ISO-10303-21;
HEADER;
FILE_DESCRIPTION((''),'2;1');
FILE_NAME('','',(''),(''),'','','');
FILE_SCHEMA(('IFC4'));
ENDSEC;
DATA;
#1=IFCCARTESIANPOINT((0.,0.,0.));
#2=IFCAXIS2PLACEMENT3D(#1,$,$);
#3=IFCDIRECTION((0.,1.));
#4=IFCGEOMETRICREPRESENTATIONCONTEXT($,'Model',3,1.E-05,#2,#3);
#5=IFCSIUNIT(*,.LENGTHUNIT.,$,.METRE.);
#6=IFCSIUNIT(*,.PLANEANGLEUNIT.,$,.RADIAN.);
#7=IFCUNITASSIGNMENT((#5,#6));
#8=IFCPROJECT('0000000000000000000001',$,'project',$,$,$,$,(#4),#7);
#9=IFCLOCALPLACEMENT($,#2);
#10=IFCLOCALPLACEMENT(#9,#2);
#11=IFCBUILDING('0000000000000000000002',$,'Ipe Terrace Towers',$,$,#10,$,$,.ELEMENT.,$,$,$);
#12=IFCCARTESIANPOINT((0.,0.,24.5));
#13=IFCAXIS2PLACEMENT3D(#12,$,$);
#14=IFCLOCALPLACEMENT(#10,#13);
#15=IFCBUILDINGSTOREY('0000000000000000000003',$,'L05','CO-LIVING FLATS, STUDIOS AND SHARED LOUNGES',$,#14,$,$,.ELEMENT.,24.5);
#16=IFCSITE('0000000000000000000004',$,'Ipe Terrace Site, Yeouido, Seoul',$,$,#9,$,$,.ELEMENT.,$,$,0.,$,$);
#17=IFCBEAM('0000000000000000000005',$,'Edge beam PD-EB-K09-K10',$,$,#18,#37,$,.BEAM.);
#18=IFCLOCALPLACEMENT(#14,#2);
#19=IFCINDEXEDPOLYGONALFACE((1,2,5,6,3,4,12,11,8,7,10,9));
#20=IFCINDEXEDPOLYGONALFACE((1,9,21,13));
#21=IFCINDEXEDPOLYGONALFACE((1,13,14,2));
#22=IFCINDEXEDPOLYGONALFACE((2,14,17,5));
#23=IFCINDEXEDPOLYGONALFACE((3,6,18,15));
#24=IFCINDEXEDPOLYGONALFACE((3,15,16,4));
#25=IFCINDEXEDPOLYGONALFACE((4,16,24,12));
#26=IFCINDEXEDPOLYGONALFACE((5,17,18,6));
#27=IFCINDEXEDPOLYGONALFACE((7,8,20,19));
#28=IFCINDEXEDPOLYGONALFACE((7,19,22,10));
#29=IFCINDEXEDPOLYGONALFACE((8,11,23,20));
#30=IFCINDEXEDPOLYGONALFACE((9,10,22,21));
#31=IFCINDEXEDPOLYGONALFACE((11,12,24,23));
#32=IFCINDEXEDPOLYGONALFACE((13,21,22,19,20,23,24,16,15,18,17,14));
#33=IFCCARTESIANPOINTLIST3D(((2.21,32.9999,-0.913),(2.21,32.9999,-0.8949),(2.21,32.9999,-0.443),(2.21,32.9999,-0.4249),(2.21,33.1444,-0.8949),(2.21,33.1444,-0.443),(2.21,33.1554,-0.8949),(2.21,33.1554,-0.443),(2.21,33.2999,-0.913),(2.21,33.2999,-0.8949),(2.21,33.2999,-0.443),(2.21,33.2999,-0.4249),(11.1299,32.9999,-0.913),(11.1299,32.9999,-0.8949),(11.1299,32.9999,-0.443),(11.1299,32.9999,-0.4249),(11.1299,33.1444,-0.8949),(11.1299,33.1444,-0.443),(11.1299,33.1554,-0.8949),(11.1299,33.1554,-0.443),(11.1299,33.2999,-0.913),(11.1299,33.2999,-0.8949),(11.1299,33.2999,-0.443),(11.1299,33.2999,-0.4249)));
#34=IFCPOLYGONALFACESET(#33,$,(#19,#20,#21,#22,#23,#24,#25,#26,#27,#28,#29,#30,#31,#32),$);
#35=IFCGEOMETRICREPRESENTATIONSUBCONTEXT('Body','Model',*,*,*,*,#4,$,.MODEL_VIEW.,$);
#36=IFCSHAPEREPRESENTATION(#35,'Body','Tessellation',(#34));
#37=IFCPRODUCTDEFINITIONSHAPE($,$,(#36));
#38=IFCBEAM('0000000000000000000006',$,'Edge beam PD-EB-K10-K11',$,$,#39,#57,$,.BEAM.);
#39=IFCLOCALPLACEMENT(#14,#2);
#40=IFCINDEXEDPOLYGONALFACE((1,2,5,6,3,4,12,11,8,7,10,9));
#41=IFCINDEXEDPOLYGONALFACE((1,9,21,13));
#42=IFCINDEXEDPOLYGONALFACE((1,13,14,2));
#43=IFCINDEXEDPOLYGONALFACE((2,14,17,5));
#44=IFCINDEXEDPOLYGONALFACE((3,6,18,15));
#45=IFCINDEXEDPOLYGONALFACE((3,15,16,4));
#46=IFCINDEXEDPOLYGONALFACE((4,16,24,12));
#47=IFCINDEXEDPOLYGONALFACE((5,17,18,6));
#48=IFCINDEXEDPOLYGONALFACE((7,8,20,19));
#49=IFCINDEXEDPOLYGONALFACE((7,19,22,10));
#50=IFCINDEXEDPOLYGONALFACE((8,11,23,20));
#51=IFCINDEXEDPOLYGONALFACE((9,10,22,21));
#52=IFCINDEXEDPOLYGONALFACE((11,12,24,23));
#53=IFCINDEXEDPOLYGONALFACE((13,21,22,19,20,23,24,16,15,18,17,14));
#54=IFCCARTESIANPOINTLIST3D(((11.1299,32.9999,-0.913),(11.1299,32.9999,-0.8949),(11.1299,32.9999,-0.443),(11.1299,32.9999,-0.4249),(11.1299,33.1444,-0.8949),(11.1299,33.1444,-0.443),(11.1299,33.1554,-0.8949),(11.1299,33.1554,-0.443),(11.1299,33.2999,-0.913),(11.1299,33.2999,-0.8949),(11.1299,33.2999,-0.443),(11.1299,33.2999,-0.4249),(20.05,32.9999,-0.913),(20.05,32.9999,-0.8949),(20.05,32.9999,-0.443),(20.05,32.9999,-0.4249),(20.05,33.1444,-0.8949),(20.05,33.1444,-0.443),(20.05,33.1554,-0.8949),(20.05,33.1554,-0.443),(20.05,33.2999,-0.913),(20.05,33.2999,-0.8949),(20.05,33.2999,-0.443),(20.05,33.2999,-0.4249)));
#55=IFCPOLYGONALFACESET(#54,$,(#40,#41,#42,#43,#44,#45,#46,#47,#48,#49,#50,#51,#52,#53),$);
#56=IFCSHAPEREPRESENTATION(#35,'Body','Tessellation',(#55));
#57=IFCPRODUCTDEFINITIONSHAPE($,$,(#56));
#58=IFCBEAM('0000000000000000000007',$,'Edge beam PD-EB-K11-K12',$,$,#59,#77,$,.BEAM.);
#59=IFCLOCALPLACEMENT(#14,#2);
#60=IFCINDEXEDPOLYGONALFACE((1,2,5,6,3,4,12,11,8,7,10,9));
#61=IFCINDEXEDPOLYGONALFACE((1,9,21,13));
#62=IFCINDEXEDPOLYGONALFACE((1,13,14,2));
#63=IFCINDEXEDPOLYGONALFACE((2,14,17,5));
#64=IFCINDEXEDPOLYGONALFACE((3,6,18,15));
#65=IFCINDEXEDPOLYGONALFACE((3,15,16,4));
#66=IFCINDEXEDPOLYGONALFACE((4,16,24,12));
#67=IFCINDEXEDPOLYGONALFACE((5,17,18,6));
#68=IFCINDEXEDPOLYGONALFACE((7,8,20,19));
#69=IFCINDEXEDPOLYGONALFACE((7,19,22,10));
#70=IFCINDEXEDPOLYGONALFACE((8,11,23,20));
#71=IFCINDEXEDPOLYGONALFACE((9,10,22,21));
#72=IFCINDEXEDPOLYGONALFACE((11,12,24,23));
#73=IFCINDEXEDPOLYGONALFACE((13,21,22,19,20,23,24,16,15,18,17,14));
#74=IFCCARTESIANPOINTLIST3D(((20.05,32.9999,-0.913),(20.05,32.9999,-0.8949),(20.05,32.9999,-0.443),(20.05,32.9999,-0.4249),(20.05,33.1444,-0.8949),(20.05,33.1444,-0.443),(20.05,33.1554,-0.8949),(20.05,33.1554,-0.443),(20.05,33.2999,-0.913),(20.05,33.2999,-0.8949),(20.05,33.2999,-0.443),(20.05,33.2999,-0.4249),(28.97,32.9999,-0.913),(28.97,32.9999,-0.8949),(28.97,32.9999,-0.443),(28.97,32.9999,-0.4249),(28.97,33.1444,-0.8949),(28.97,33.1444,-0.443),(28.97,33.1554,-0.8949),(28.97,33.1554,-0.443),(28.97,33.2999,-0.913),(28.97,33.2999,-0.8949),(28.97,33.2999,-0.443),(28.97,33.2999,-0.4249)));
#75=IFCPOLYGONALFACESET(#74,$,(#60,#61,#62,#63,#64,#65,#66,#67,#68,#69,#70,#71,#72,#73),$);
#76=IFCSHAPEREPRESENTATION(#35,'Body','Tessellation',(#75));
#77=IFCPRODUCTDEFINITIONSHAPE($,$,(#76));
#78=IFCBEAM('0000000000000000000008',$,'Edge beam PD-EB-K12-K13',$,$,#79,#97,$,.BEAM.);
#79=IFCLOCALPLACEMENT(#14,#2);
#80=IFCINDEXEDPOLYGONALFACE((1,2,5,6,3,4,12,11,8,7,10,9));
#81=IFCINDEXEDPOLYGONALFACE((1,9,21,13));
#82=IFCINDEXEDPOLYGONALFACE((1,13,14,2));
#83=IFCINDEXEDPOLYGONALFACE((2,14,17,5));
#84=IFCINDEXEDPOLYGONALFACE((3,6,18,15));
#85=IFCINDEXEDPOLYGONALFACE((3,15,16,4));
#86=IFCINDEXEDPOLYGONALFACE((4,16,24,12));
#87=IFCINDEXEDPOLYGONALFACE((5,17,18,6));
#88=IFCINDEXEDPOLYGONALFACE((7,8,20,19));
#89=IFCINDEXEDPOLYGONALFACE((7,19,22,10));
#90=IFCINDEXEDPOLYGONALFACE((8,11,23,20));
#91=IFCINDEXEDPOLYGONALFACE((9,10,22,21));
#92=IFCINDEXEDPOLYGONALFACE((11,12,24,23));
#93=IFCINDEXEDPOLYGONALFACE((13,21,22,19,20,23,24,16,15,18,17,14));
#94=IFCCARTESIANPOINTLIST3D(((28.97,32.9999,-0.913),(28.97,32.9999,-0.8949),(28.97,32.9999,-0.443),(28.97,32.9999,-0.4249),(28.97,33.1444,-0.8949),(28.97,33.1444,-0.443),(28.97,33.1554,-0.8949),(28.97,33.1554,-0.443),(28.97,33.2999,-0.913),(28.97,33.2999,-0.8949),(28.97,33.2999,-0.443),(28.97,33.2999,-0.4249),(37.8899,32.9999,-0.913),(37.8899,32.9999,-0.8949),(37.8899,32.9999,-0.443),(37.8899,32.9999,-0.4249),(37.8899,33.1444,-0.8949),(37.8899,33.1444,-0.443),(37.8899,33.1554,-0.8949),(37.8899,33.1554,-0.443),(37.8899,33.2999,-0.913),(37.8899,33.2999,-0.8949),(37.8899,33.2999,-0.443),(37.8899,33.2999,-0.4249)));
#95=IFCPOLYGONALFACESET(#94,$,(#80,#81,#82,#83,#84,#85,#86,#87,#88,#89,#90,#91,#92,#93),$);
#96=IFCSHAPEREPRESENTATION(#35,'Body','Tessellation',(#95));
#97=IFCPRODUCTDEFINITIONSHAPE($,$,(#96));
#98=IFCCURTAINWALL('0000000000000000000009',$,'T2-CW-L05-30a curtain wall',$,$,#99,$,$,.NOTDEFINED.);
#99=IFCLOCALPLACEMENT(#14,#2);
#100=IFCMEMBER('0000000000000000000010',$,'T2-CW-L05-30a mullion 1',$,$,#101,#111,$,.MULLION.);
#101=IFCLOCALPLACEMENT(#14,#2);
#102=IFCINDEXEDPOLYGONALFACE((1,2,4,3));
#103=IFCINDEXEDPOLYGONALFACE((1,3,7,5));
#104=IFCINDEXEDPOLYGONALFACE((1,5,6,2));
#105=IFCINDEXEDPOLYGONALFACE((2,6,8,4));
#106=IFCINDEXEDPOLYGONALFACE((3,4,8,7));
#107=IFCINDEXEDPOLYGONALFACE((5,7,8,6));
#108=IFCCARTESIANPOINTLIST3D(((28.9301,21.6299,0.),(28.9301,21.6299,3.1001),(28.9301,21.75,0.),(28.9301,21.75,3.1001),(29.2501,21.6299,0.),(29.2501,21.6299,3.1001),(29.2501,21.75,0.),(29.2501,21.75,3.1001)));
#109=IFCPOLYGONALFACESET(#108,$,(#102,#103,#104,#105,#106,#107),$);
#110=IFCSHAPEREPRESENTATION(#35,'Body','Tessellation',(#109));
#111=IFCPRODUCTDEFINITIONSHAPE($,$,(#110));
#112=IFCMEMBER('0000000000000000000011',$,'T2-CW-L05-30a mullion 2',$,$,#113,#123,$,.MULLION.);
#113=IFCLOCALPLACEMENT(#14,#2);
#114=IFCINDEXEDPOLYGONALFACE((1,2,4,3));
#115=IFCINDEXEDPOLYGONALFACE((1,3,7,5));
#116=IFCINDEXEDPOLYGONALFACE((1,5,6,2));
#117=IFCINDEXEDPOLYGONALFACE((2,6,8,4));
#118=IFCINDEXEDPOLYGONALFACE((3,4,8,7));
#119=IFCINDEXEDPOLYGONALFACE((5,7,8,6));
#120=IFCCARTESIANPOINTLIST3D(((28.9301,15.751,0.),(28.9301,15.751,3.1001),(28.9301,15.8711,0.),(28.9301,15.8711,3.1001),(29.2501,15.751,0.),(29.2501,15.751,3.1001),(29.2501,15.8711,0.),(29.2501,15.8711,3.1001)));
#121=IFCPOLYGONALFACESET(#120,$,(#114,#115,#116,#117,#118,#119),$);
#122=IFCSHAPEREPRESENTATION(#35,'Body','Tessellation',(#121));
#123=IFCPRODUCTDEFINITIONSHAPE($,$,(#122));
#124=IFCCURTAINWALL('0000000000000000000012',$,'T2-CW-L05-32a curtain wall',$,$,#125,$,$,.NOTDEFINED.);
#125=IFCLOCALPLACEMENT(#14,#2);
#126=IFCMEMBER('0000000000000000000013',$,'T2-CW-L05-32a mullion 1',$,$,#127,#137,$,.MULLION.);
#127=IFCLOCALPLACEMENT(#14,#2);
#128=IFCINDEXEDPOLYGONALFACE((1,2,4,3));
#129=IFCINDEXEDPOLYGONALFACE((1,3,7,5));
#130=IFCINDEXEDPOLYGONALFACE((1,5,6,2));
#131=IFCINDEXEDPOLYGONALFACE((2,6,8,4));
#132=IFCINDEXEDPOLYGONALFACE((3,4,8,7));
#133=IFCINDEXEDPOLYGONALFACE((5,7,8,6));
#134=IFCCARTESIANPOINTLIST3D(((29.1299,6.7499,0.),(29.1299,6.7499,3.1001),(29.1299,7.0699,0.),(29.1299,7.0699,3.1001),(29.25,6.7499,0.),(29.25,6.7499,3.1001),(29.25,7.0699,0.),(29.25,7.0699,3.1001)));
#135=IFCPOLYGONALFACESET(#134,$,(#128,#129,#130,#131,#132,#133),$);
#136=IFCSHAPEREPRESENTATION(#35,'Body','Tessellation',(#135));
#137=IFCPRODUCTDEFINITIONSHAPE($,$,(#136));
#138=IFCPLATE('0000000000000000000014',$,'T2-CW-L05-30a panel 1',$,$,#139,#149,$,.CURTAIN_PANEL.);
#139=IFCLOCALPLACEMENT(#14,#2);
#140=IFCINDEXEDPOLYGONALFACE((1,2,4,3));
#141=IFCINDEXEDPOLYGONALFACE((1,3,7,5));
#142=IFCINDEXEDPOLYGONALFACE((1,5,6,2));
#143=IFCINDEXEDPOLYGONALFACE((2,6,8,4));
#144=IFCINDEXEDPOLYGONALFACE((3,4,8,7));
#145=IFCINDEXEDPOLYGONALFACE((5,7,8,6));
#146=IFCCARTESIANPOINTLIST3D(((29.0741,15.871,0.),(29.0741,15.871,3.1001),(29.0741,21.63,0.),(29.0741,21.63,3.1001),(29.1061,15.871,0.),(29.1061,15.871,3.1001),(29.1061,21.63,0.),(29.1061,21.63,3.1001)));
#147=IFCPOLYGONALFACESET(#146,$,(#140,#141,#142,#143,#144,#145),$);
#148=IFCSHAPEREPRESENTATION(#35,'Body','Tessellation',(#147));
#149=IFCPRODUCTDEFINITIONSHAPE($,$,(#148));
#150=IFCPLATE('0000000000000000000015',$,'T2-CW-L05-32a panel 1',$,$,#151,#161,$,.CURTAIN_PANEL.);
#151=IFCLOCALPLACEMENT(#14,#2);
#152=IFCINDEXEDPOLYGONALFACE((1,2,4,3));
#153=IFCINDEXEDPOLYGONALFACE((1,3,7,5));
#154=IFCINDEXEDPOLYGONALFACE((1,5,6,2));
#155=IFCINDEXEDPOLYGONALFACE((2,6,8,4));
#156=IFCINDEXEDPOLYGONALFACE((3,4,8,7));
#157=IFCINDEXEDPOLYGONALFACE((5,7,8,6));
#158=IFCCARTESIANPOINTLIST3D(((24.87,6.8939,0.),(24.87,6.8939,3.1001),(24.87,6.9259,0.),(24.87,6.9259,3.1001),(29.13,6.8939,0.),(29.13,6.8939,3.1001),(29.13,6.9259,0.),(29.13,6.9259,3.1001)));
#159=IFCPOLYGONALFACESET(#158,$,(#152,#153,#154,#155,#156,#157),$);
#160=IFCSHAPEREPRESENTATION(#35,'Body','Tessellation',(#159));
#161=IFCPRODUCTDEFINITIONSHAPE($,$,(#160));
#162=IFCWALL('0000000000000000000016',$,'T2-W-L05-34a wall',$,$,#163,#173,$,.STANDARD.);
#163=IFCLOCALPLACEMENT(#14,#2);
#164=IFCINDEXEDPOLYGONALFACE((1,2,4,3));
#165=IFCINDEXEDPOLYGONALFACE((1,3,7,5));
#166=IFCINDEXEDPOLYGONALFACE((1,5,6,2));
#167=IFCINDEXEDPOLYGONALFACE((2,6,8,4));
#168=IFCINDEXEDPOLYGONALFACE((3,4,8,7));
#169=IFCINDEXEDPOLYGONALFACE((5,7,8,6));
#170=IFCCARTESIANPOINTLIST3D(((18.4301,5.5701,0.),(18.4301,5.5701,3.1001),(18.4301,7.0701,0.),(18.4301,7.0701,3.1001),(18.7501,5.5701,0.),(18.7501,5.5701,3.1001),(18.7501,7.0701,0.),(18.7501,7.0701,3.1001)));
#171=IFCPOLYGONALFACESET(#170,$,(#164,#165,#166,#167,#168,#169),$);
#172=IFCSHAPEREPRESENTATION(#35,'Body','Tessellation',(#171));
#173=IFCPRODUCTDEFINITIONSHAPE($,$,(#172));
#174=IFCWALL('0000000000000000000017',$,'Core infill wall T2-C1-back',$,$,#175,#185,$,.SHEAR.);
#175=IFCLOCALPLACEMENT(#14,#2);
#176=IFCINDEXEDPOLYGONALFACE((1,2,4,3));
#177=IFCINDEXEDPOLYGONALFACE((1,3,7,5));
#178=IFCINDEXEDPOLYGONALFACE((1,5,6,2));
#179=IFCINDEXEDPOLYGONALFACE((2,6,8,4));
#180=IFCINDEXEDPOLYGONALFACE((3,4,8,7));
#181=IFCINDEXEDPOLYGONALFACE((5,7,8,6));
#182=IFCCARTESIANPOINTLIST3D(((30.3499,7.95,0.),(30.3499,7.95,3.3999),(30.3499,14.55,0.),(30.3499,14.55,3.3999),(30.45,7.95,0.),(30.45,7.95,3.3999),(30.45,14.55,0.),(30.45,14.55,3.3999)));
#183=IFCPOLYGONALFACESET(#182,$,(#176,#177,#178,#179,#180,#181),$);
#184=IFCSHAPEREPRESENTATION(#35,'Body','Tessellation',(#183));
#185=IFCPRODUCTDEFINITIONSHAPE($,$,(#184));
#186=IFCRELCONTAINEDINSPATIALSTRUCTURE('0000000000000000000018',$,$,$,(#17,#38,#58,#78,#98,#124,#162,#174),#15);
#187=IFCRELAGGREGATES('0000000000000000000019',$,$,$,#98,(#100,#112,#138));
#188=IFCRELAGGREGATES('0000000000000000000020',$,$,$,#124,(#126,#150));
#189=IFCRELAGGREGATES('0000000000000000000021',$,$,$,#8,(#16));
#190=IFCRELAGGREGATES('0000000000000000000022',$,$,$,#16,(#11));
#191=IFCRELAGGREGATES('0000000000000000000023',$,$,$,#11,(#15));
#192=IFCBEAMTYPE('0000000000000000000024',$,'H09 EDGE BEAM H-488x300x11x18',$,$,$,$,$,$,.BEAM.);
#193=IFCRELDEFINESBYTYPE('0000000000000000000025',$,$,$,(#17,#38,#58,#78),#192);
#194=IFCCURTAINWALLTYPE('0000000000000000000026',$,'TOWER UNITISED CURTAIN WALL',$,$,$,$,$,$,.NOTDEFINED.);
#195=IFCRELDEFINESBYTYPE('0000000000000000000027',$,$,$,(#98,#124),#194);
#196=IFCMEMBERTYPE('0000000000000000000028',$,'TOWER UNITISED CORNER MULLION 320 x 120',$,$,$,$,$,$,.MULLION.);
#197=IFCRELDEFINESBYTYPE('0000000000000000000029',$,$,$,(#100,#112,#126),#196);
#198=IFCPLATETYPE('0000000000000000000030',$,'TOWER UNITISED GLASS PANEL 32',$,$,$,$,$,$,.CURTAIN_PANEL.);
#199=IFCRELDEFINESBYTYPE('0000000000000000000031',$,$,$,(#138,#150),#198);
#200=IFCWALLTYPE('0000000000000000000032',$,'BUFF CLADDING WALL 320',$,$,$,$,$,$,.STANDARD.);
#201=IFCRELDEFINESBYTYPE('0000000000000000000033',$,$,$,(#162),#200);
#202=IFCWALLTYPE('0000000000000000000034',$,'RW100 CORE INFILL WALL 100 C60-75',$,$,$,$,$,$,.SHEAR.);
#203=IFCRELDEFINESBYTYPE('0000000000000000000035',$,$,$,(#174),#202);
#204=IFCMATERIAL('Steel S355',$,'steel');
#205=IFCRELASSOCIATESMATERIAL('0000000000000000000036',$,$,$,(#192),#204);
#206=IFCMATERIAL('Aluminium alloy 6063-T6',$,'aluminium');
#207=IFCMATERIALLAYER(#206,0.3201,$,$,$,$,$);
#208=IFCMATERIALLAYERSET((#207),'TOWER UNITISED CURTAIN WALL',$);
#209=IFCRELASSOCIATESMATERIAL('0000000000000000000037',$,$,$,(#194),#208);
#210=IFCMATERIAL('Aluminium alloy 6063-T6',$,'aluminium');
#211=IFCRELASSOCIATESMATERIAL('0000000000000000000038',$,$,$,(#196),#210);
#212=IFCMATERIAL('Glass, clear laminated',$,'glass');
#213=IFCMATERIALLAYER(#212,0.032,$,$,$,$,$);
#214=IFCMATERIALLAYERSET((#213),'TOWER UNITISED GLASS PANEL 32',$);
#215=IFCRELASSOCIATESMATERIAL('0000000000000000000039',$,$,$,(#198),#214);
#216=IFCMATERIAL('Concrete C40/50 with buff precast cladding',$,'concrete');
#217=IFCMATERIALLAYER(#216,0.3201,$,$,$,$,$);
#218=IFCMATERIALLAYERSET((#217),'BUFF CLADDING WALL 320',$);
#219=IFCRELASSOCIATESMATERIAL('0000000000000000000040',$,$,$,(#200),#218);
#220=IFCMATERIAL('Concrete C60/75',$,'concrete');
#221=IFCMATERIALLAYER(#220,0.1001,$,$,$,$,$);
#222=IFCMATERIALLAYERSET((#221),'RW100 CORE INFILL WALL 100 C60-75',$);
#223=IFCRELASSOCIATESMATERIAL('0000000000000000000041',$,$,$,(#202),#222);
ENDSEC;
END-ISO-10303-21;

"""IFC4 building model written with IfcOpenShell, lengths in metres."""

from ifc_helpers import new_model, si_unit, direction, frame, frame_2d, origin, origin_2d, place, context, subcontext, project, spatial, rectangle, i_section, extrude, material, layer, layer_set, material_profile, profile_set, type_object, element, aggregate, save


model = new_model("IFC4")

# Units and contexts
model_context = context("Model", 3, precision=1e-05, world=origin(), true_north=direction((0.0, 1.0)))
body_context = subcontext(model_context, "Body", "Model", "MODEL_VIEW")
ifc_project = project(units=[si_unit("LENGTHUNIT", "METRE"), si_unit("PLANEANGLEUNIT", "RADIAN")], contexts=[model_context])

# Site, building, storey
site_placement = place(None, origin())
site = spatial("IfcSite", under=ifc_project, at=site_placement, Name="Ipe Terrace Site, Yeouido, Seoul", CompositionType="ELEMENT", RefElevation=0.0)
building_placement = place(site_placement, origin())
building = spatial("IfcBuilding", under=site, at=building_placement, Name="Ipe Terrace Towers", CompositionType="ELEMENT")
storey_placement = place(building_placement, frame((0.0, 0.0, 24.5)))
storey = spatial("IfcBuildingStorey", under=building, at=storey_placement, Name="L05", Description="CO-LIVING FLATS, STUDIOS AND SHARED LOUNGES", CompositionType="ELEMENT", Elevation=24.5)

# Beams
ifc_material_1 = material(Name="Steel S355", Category="steel")
ifc_material_profile_1 = material_profile(ifc_material_1, i_section(OverallWidth=0.3, OverallDepth=0.488, WebThickness=0.011, FlangeThickness=0.0181, at=origin_2d()), Name="H-488x300x11x18")
ifc_profile_set_1 = profile_set([ifc_material_profile_1], Name="Steel S355")
beam_type_1 = type_object("IfcBeamType", Name="H09 EDGE BEAM H-488x300x11x18", PredefinedType="BEAM", material=ifc_profile_set_1)
beam_1_placement = place(storey_placement, frame((2.21, 33.1499, -0.6689), z_axis=(1.0, 0.0, 0.0), x_axis=(0.0, 1.0, 0.0)))
element("IfcBeam", 1, at=beam_1_placement, inside=storey, type_object=beam_type_1, Name="Edge beam PD-EB-K09-K10", PredefinedType="BEAM", context=body_context, shape_type="SweptSolid", body=[
    extrude(i_section(OverallWidth=0.3, OverallDepth=0.488, WebThickness=0.011, FlangeThickness=0.0181, at=origin_2d()), origin(), (0.0, 0.0, 1.0), 8.9199),
])
beam_2_placement = place(storey_placement, frame((11.1299, 33.1499, -0.6689), z_axis=(1.0, 0.0, 0.0), x_axis=(0.0, 1.0, 0.0)))
element("IfcBeam", 2, at=beam_2_placement, inside=storey, type_object=beam_type_1, Name="Edge beam PD-EB-K10-K11", PredefinedType="BEAM", context=body_context, shape_type="SweptSolid", body=[
    extrude(i_section(OverallWidth=0.3, OverallDepth=0.488, WebThickness=0.011, FlangeThickness=0.0181, at=origin_2d()), origin(), (0.0, 0.0, 1.0), 8.9202),
])
for number, where, z_axis, x_axis, name in (
    (3, (20.05, 33.1499, -0.6689), (1.0, 0.0, 0.0), (0.0, 1.0, 0.0), "Edge beam PD-EB-K11-K12"),
    (4, (28.97, 33.1499, -0.6689), (1.0, 0.0, 0.0), (0.0, 1.0, 0.0), "Edge beam PD-EB-K12-K13"),
):
    element("IfcBeam", number, at=place(storey_placement, frame(where, z_axis=z_axis, x_axis=x_axis)), inside=storey, type_object=beam_type_1, Name=name, PredefinedType="BEAM", context=body_context, shape_type="SweptSolid", body=[
        extrude(i_section(OverallWidth=0.3, OverallDepth=0.488, WebThickness=0.011, FlangeThickness=0.0181, at=origin_2d()), origin(), (0.0, 0.0, 1.0), 8.9199),
    ])

# Curtain wall, members
ifc_material_2 = material(Name="Aluminium alloy 6063-T6", Category="aluminium")
ifc_layer_1 = layer(ifc_material_2, 0.3201)
ifc_layer_set_1 = layer_set([ifc_layer_1], Name="TOWER UNITISED CURTAIN WALL")
curtain_wall_type = type_object("IfcCurtainWallType", Name="TOWER UNITISED CURTAIN WALL", PredefinedType="NOTDEFINED", material=ifc_layer_set_1)
curtain_wall_1_placement = place(storey_placement, origin())
curtain_wall_1 = element("IfcCurtainWall", 5, at=curtain_wall_1_placement, inside=storey, type_object=curtain_wall_type, Name="T2-CW-L05-30a curtain wall", PredefinedType="NOTDEFINED")
ifc_material_3 = material(Name="Aluminium alloy 6063-T6", Category="aluminium")
ifc_material_profile_2 = material_profile(ifc_material_3, rectangle(XDim=0.3201, YDim=0.1201, at=origin_2d()), Name="TOWER UNITISED CORNER MULLION 320 x 120")
ifc_profile_set_2 = profile_set([ifc_material_profile_2], Name="Aluminium alloy 6063-T6")
member_type = type_object("IfcMemberType", Name="TOWER UNITISED CORNER MULLION 320 x 120", PredefinedType="MULLION", material=ifc_profile_set_2)
member_1_placement = place(storey_placement, frame((29.0901, 21.6899, 0.0), z_axis=(0.0, 0.0, 1.0), x_axis=(-1.0, 0.0, 0.0)))
member_1 = element("IfcMember", 6, at=member_1_placement, type_object=member_type, Name="T2-CW-L05-30a mullion 1", PredefinedType="MULLION", context=body_context, shape_type="SweptSolid", body=[
    extrude(rectangle(XDim=0.3201, YDim=0.1201, at=origin_2d()), origin(), (0.0, 0.0, 1.0), 3.1001),
])
member_2_placement = place(storey_placement, frame((29.0901, 15.811, 0.0), z_axis=(0.0, 0.0, 1.0), x_axis=(-1.0, 0.0, 0.0)))
member_2 = element("IfcMember", 7, at=member_2_placement, type_object=member_type, Name="T2-CW-L05-30a mullion 2", PredefinedType="MULLION", context=body_context, shape_type="SweptSolid", body=[
    extrude(rectangle(XDim=0.3201, YDim=0.1201, at=origin_2d()), origin(), (0.0, 0.0, 1.0), 3.1001),
])

# Curtain wall, member
curtain_wall_2_placement = place(storey_placement, origin())
curtain_wall_2 = element("IfcCurtainWall", 8, at=curtain_wall_2_placement, inside=storey, type_object=curtain_wall_type, Name="T2-CW-L05-32a curtain wall", PredefinedType="NOTDEFINED")
member_3_placement = place(storey_placement, frame((29.1899, 6.9099, 0.0), z_axis=(0.0, 0.0, 1.0), x_axis=(0.0, 1.0, 0.0)))
member_3 = element("IfcMember", 9, at=member_3_placement, type_object=member_type, Name="T2-CW-L05-32a mullion 1", PredefinedType="MULLION", context=body_context, shape_type="SweptSolid", body=[
    extrude(rectangle(XDim=0.3201, YDim=0.1201, at=origin_2d()), origin(), (0.0, 0.0, 1.0), 3.1001),
])

# Plates
ifc_material_4 = material(Name="Glass, clear laminated", Category="glass")
ifc_layer_2 = layer(ifc_material_4, 0.032)
ifc_layer_set_2 = layer_set([ifc_layer_2], Name="TOWER UNITISED GLASS PANEL 32")
plate_type = type_object("IfcPlateType", Name="TOWER UNITISED GLASS PANEL 32", PredefinedType="CURTAIN_PANEL", material=ifc_layer_set_2)
plate_1_placement = place(storey_placement, frame((29.0901, 18.7505, 0.0), z_axis=(0.0, 0.0, 1.0), x_axis=(0.0, -1.0, 0.0)))
plate_1 = element("IfcPlate", 10, at=plate_1_placement, type_object=plate_type, Name="T2-CW-L05-30a panel 1", PredefinedType="CURTAIN_PANEL", context=body_context, shape_type="SweptSolid", body=[
    extrude(rectangle(XDim=5.759, YDim=0.032, at=origin_2d()), origin(), (0.0, 0.0, 1.0), 3.1001),
])
aggregate(curtain_wall_1, [member_1, member_2, plate_1])
plate_2_placement = place(storey_placement, frame((27.0, 6.9099, 0.0), z_axis=(0.0, 0.0, 1.0), x_axis=(-1.0, 0.0, 0.0)))
plate_2 = element("IfcPlate", 11, at=plate_2_placement, type_object=plate_type, Name="T2-CW-L05-32a panel 1", PredefinedType="CURTAIN_PANEL", context=body_context, shape_type="SweptSolid", body=[
    extrude(rectangle(XDim=4.26, YDim=0.032, at=origin_2d()), origin(), (0.0, 0.0, 1.0), 3.1001),
])
aggregate(curtain_wall_2, [member_3, plate_2])

# Walls
ifc_material_5 = material(Name="Concrete C40/50 with buff precast cladding", Category="concrete")
ifc_layer_3 = layer(ifc_material_5, 0.3201)
ifc_layer_set_3 = layer_set([ifc_layer_3], Name="BUFF CLADDING WALL 320")
wall_type_1 = type_object("IfcWallType", Name="BUFF CLADDING WALL 320", PredefinedType="STANDARD", material=ifc_layer_set_3)
wall_1_placement = place(storey_placement, frame((18.5901, 7.0701, 0.0), z_axis=(0.0, 0.0, 1.0), x_axis=(0.0, -1.0, 0.0)))
element("IfcWall", 12, at=wall_1_placement, inside=storey, type_object=wall_type_1, Name="T2-W-L05-34a wall", PredefinedType="STANDARD", context=body_context, shape_type="SweptSolid", body=[
    extrude(rectangle(XDim=1.5, YDim=0.3201, at=frame_2d((0.75, 0.0))), origin(), (0.0, 0.0, 1.0), 3.1001),
])
ifc_material_6 = material(Name="Concrete C60/75", Category="concrete")
ifc_layer_4 = layer(ifc_material_6, 0.1001)
ifc_layer_set_4 = layer_set([ifc_layer_4], Name="RW100 CORE INFILL WALL 100 C60-75")
wall_type_2 = type_object("IfcWallType", Name="RW100 CORE INFILL WALL 100 C60-75", PredefinedType="SHEAR", material=ifc_layer_set_4)
wall_2_placement = place(storey_placement, frame((30.3999, 7.95, 0.0), z_axis=(0.0, 0.0, 1.0), x_axis=(0.0, 1.0, 0.0)))
element("IfcWall", 13, at=wall_2_placement, inside=storey, type_object=wall_type_2, Name="Core infill wall T2-C1-back", PredefinedType="SHEAR", context=body_context, shape_type="SweptSolid", body=[
    extrude(rectangle(XDim=6.6001, YDim=0.1001, at=frame_2d((3.3, 0.0))), origin(), (0.0, 0.0, 1.0), 3.3999),
])

save(model, "model.ifc")
